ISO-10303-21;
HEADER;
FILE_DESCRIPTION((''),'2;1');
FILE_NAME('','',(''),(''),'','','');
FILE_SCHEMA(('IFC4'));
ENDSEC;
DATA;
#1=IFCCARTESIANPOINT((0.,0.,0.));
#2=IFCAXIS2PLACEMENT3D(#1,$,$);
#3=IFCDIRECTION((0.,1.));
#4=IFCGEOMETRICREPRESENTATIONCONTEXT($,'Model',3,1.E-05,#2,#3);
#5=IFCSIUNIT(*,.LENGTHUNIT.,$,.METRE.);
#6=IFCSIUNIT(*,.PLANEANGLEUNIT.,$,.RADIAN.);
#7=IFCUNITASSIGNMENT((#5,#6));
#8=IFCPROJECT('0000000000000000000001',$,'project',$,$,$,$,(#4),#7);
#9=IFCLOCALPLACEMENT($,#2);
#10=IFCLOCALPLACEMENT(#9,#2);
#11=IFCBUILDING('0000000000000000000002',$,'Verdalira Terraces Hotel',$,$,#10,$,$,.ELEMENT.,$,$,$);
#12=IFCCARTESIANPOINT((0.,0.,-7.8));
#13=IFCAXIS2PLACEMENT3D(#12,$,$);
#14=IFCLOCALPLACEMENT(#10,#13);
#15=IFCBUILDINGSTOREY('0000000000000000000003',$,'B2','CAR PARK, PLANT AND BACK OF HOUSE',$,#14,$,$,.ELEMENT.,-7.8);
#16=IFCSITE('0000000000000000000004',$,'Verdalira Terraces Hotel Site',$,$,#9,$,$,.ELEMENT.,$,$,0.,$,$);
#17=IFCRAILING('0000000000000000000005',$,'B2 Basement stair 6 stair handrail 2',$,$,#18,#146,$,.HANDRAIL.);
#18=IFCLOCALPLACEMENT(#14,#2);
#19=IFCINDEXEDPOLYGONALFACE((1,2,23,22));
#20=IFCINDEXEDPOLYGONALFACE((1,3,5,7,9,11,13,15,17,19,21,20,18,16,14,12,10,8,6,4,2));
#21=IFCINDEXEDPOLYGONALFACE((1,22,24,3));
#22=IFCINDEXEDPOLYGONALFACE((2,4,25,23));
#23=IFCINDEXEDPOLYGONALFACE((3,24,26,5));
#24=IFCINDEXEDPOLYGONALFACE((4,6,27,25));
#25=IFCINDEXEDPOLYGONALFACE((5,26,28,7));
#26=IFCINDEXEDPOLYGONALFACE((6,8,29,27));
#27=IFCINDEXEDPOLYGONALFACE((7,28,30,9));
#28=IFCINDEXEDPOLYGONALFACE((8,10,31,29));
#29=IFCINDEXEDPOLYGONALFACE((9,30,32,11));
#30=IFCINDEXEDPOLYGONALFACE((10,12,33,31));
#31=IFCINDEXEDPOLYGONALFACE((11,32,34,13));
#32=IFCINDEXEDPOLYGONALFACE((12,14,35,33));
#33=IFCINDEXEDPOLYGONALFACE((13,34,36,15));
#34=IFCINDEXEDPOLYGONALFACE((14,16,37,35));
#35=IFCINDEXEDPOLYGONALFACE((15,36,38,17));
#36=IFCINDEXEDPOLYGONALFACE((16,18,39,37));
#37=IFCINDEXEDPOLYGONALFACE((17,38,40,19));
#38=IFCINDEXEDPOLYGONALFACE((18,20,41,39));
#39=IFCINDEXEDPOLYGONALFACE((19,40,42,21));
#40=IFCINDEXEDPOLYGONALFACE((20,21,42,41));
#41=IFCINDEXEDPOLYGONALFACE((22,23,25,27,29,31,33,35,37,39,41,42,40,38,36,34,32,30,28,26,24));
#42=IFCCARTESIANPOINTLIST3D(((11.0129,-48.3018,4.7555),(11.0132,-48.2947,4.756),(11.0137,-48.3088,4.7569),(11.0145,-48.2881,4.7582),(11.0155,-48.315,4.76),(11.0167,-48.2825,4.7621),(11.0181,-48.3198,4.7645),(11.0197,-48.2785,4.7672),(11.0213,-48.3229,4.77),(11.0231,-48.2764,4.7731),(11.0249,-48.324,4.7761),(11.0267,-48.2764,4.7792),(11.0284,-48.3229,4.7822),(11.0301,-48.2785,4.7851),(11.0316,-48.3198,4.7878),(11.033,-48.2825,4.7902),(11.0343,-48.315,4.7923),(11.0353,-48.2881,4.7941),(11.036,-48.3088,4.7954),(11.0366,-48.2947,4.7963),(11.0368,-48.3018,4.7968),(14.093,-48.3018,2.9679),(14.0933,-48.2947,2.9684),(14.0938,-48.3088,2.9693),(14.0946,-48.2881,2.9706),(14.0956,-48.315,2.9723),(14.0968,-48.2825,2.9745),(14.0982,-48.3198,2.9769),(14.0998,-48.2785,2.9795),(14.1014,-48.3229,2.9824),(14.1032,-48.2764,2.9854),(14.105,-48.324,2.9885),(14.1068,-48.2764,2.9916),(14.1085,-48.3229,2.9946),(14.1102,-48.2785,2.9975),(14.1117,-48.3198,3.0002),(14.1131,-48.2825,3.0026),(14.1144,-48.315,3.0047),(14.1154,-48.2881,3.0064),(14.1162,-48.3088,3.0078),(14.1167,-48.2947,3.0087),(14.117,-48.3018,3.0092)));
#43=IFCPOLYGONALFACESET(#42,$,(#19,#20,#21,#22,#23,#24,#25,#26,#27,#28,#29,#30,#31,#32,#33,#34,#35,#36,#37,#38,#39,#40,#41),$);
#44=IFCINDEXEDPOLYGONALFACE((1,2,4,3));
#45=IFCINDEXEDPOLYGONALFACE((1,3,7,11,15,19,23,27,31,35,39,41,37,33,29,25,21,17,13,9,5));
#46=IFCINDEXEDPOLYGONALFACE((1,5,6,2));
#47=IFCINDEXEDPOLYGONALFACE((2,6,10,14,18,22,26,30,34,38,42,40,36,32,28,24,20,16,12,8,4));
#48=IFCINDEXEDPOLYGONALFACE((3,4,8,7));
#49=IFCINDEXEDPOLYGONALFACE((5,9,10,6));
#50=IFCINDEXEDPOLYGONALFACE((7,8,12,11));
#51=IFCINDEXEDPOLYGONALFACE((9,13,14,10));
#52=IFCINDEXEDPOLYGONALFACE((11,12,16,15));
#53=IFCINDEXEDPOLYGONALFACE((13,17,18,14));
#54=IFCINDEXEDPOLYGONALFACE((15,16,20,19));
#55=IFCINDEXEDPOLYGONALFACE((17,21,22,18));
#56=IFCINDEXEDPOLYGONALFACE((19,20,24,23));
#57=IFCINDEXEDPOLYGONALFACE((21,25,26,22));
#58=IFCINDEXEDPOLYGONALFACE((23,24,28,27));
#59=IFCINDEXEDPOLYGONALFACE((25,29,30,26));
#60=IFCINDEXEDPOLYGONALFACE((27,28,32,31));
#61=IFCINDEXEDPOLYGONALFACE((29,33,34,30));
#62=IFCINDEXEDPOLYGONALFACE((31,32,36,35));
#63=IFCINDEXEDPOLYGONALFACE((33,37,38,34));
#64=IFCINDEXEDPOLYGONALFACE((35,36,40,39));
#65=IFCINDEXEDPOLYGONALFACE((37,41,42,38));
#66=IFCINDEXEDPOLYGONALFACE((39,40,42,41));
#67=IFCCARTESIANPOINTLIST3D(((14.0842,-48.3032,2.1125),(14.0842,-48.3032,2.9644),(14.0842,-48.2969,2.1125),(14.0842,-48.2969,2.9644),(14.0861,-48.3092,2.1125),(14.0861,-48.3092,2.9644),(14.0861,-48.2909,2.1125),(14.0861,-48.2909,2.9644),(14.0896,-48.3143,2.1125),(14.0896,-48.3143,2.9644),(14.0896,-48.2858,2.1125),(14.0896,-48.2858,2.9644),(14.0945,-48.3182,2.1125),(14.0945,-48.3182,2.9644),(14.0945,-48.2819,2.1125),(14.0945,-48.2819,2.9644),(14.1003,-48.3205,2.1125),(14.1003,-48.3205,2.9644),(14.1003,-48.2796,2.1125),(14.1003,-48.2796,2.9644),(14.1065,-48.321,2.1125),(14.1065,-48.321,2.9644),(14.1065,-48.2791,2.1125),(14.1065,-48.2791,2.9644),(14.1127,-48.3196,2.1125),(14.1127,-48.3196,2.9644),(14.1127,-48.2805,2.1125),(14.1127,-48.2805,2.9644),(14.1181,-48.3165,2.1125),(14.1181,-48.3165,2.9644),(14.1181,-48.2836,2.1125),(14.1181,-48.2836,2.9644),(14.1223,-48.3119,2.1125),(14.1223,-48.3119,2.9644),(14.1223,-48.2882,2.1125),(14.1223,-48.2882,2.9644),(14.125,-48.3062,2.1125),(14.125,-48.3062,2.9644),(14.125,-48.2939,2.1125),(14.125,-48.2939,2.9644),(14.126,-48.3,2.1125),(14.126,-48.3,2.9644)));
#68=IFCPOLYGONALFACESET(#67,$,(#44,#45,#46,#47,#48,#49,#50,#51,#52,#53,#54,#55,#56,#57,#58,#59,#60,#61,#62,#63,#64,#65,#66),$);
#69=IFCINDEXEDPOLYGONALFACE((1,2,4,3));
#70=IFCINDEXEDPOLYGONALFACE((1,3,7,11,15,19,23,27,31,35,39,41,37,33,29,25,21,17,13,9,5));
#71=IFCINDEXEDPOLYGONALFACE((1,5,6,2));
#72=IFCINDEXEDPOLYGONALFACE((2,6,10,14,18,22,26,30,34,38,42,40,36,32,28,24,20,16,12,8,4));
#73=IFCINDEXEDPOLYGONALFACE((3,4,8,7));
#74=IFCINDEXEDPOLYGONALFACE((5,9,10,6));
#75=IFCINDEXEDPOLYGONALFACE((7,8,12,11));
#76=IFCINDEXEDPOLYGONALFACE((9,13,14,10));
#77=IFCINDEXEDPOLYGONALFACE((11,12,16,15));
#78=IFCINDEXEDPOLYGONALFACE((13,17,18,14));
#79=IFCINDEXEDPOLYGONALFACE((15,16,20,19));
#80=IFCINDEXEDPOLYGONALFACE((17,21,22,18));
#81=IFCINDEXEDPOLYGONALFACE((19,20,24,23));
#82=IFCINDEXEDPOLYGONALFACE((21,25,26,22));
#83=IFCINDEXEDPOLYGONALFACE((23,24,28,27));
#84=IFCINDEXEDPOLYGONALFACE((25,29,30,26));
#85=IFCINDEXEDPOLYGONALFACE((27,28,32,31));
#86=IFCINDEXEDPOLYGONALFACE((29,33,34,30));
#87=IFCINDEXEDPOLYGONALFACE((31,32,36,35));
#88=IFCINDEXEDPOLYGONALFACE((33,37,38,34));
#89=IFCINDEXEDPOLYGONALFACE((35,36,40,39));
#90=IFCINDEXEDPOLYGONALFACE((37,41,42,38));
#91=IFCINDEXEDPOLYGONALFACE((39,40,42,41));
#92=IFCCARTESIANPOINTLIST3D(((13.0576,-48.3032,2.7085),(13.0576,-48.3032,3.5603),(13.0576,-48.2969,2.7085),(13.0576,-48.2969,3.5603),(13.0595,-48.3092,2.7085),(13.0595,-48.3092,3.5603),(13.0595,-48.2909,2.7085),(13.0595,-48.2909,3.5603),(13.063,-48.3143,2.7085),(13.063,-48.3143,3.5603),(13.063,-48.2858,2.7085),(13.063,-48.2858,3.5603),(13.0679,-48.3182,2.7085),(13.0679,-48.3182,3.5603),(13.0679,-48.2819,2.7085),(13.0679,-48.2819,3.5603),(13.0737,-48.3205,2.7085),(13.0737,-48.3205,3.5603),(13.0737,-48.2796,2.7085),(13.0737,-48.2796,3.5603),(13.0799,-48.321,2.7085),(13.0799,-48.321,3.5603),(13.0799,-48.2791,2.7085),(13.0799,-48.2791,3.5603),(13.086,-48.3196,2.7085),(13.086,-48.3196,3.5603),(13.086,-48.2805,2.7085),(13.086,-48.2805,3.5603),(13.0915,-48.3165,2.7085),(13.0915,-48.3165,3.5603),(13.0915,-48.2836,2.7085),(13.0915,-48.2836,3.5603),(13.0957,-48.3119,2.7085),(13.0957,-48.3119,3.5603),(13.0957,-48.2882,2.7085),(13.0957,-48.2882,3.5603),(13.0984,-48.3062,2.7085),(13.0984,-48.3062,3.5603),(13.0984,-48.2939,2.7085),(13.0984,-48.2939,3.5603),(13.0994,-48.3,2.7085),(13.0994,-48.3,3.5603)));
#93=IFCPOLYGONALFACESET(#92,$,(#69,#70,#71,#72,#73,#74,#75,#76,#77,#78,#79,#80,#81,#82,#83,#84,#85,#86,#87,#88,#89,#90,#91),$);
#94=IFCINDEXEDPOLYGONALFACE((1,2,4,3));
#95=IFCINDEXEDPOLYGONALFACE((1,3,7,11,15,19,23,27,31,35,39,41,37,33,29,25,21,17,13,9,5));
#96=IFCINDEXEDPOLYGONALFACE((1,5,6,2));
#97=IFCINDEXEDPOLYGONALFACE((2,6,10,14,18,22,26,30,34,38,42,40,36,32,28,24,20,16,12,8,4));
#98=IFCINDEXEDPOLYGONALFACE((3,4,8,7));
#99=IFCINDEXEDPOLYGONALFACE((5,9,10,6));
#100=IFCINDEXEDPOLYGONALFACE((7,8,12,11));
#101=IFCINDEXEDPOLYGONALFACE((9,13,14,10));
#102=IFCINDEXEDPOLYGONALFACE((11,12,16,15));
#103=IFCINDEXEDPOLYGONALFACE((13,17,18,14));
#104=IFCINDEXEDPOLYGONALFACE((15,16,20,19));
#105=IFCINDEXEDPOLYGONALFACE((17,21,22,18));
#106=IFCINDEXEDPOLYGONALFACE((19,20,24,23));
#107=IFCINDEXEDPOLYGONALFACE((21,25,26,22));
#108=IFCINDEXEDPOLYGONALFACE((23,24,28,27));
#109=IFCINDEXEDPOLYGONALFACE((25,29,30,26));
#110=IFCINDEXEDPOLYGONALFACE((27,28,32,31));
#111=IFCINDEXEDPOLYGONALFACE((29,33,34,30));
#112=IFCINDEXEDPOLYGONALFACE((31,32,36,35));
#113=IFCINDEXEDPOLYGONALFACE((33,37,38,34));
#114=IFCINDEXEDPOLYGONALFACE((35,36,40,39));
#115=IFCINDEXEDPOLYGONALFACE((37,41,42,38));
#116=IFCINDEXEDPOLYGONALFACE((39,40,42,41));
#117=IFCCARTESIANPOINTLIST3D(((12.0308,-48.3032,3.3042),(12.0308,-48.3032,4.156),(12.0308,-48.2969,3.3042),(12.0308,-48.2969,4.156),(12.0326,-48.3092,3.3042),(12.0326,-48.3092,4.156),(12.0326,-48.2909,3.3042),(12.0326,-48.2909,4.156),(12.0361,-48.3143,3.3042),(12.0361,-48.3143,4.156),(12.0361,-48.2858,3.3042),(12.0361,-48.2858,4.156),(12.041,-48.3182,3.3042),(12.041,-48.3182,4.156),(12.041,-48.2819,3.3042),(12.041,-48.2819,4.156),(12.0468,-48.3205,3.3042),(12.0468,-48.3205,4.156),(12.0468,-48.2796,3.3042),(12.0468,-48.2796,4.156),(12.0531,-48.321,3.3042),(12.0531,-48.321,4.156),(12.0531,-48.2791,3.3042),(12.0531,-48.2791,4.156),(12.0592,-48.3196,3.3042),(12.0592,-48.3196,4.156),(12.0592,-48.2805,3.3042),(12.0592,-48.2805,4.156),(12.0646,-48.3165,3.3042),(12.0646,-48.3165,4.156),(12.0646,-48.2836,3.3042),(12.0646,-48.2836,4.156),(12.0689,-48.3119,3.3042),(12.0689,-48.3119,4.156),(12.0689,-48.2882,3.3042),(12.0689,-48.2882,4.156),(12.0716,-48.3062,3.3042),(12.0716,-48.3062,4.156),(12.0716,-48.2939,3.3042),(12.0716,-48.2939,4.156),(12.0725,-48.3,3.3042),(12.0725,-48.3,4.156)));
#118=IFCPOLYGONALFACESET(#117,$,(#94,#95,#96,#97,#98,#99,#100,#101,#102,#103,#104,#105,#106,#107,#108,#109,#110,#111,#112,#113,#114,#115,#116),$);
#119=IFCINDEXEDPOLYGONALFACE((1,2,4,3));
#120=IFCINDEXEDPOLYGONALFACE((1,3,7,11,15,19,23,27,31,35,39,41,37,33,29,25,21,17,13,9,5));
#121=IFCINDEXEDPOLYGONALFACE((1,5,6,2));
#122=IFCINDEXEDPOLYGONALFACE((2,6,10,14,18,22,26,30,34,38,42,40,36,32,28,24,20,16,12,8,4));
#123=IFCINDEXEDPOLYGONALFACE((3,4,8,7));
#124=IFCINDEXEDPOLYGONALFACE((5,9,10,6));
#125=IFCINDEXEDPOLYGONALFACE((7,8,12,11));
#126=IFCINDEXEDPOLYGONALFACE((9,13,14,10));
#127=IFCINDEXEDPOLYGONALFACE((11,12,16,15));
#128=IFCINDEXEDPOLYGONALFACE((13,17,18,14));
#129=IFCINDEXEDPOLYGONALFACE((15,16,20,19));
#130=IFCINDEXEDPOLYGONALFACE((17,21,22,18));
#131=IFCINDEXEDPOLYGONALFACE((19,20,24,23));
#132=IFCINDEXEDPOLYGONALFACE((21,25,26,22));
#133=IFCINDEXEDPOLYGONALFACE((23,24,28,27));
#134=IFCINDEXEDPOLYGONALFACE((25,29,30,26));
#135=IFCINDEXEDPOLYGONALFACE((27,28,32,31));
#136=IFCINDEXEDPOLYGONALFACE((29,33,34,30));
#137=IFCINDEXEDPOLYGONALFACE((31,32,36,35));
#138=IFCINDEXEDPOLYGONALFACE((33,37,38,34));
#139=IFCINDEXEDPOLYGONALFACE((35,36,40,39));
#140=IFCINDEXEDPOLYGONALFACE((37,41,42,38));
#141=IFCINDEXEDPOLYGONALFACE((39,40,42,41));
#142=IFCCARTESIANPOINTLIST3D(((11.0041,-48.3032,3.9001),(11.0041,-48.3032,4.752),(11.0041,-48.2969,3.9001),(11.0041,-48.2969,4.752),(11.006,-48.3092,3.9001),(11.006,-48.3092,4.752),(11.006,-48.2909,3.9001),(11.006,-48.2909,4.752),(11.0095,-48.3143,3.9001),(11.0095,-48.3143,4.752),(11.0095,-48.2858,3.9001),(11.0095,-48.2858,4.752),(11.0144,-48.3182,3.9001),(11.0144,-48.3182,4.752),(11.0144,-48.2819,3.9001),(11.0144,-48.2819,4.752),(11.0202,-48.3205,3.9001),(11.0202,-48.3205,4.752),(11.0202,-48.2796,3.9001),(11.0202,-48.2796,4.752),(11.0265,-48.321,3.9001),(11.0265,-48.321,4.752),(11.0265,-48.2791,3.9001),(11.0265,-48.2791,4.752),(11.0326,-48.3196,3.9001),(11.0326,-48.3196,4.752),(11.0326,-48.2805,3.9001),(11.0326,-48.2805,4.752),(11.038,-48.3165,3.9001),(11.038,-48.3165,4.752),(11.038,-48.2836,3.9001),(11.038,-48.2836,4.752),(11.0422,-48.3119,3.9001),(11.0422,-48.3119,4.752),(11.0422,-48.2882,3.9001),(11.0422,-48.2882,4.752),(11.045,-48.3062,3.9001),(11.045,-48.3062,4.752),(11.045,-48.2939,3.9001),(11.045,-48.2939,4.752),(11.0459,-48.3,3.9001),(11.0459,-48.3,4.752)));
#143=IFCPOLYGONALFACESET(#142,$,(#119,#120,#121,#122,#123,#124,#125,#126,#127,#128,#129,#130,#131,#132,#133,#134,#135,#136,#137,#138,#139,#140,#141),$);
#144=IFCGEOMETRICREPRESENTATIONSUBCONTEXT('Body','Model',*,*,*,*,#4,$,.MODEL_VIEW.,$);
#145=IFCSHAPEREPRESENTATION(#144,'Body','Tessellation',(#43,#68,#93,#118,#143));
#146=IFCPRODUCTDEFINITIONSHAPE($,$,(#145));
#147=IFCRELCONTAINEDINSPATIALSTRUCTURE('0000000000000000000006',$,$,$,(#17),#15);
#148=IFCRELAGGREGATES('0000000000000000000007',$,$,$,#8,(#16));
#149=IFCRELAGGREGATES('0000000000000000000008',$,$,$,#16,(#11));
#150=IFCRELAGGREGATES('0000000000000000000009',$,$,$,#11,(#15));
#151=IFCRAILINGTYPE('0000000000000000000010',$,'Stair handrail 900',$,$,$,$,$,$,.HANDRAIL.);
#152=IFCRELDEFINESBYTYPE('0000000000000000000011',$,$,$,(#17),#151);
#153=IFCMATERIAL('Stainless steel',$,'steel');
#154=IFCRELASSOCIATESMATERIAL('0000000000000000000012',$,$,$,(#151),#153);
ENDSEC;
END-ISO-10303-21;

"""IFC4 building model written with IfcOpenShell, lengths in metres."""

from ifc_helpers import new_model, si_unit, direction, frame, origin, origin_2d, place, context, subcontext, project, spatial, circle, extrude, material, type_object, element, save


model = new_model("IFC4")

# Units and contexts
model_context = context("Model", 3, precision=1e-05, world=origin(), true_north=direction((0.0, 1.0)))
body_context = subcontext(model_context, "Body", "Model", "MODEL_VIEW")
ifc_project = project(units=[si_unit("LENGTHUNIT", "METRE"), si_unit("PLANEANGLEUNIT", "RADIAN")], contexts=[model_context])

# Site, building, storey
site_placement = place(None, origin())
site = spatial("IfcSite", under=ifc_project, at=site_placement, Name="Verdalira Terraces Hotel Site", CompositionType="ELEMENT", RefElevation=0.0)
building_placement = place(site_placement, origin())
building = spatial("IfcBuilding", under=site, at=building_placement, Name="Verdalira Terraces Hotel", CompositionType="ELEMENT")
storey_placement = place(building_placement, frame((0.0, 0.0, -7.8)))
storey = spatial("IfcBuildingStorey", under=building, at=storey_placement, Name="B2", Description="CAR PARK, PLANT AND BACK OF HOUSE", CompositionType="ELEMENT", Elevation=-7.8)

# Railing
ifc_material_1 = material(Name="Stainless steel", Category="steel")
railing_type_1 = type_object("IfcRailingType", Name="Stair handrail 900", PredefinedType="HANDRAIL", material=ifc_material_1)
railing_1_placement = place(storey_placement, frame((14.105, -48.3, 2.1125)))
element("IfcRailing", 1, at=railing_1_placement, inside=storey, type_object=railing_type_1, Name="B2 Basement stair 6 stair handrail 2", PredefinedType="HANDRAIL", context=body_context, shape_type="SweptSolid", body=[
    extrude(circle(Radius=0.0239, at=origin_2d()), frame((0.0, 0.0, 0.876), z_axis=(-0.864891, 0.0, 0.50196), x_axis=(0.0, -1.0, 0.0)), (0.0, 0.0, 1.0), 3.5613),
    extrude(circle(Radius=0.021, at=origin_2d()), origin(), (0.0, 0.0, 1.0), 0.8518),
    extrude(circle(Radius=0.021, at=origin_2d()), frame((-1.0266, 0.0, 0.5959)), (0.0, 0.0, 1.0), 0.8518),
    extrude(circle(Radius=0.021, at=origin_2d()), frame((-2.0535, 0.0, 1.1917)), (0.0, 0.0, 1.0), 0.8518),
    extrude(circle(Radius=0.021, at=origin_2d()), frame((-3.0801, 0.0, 1.7876)), (0.0, 0.0, 1.0), 0.8518),
])

save(model, "model.ifc")
